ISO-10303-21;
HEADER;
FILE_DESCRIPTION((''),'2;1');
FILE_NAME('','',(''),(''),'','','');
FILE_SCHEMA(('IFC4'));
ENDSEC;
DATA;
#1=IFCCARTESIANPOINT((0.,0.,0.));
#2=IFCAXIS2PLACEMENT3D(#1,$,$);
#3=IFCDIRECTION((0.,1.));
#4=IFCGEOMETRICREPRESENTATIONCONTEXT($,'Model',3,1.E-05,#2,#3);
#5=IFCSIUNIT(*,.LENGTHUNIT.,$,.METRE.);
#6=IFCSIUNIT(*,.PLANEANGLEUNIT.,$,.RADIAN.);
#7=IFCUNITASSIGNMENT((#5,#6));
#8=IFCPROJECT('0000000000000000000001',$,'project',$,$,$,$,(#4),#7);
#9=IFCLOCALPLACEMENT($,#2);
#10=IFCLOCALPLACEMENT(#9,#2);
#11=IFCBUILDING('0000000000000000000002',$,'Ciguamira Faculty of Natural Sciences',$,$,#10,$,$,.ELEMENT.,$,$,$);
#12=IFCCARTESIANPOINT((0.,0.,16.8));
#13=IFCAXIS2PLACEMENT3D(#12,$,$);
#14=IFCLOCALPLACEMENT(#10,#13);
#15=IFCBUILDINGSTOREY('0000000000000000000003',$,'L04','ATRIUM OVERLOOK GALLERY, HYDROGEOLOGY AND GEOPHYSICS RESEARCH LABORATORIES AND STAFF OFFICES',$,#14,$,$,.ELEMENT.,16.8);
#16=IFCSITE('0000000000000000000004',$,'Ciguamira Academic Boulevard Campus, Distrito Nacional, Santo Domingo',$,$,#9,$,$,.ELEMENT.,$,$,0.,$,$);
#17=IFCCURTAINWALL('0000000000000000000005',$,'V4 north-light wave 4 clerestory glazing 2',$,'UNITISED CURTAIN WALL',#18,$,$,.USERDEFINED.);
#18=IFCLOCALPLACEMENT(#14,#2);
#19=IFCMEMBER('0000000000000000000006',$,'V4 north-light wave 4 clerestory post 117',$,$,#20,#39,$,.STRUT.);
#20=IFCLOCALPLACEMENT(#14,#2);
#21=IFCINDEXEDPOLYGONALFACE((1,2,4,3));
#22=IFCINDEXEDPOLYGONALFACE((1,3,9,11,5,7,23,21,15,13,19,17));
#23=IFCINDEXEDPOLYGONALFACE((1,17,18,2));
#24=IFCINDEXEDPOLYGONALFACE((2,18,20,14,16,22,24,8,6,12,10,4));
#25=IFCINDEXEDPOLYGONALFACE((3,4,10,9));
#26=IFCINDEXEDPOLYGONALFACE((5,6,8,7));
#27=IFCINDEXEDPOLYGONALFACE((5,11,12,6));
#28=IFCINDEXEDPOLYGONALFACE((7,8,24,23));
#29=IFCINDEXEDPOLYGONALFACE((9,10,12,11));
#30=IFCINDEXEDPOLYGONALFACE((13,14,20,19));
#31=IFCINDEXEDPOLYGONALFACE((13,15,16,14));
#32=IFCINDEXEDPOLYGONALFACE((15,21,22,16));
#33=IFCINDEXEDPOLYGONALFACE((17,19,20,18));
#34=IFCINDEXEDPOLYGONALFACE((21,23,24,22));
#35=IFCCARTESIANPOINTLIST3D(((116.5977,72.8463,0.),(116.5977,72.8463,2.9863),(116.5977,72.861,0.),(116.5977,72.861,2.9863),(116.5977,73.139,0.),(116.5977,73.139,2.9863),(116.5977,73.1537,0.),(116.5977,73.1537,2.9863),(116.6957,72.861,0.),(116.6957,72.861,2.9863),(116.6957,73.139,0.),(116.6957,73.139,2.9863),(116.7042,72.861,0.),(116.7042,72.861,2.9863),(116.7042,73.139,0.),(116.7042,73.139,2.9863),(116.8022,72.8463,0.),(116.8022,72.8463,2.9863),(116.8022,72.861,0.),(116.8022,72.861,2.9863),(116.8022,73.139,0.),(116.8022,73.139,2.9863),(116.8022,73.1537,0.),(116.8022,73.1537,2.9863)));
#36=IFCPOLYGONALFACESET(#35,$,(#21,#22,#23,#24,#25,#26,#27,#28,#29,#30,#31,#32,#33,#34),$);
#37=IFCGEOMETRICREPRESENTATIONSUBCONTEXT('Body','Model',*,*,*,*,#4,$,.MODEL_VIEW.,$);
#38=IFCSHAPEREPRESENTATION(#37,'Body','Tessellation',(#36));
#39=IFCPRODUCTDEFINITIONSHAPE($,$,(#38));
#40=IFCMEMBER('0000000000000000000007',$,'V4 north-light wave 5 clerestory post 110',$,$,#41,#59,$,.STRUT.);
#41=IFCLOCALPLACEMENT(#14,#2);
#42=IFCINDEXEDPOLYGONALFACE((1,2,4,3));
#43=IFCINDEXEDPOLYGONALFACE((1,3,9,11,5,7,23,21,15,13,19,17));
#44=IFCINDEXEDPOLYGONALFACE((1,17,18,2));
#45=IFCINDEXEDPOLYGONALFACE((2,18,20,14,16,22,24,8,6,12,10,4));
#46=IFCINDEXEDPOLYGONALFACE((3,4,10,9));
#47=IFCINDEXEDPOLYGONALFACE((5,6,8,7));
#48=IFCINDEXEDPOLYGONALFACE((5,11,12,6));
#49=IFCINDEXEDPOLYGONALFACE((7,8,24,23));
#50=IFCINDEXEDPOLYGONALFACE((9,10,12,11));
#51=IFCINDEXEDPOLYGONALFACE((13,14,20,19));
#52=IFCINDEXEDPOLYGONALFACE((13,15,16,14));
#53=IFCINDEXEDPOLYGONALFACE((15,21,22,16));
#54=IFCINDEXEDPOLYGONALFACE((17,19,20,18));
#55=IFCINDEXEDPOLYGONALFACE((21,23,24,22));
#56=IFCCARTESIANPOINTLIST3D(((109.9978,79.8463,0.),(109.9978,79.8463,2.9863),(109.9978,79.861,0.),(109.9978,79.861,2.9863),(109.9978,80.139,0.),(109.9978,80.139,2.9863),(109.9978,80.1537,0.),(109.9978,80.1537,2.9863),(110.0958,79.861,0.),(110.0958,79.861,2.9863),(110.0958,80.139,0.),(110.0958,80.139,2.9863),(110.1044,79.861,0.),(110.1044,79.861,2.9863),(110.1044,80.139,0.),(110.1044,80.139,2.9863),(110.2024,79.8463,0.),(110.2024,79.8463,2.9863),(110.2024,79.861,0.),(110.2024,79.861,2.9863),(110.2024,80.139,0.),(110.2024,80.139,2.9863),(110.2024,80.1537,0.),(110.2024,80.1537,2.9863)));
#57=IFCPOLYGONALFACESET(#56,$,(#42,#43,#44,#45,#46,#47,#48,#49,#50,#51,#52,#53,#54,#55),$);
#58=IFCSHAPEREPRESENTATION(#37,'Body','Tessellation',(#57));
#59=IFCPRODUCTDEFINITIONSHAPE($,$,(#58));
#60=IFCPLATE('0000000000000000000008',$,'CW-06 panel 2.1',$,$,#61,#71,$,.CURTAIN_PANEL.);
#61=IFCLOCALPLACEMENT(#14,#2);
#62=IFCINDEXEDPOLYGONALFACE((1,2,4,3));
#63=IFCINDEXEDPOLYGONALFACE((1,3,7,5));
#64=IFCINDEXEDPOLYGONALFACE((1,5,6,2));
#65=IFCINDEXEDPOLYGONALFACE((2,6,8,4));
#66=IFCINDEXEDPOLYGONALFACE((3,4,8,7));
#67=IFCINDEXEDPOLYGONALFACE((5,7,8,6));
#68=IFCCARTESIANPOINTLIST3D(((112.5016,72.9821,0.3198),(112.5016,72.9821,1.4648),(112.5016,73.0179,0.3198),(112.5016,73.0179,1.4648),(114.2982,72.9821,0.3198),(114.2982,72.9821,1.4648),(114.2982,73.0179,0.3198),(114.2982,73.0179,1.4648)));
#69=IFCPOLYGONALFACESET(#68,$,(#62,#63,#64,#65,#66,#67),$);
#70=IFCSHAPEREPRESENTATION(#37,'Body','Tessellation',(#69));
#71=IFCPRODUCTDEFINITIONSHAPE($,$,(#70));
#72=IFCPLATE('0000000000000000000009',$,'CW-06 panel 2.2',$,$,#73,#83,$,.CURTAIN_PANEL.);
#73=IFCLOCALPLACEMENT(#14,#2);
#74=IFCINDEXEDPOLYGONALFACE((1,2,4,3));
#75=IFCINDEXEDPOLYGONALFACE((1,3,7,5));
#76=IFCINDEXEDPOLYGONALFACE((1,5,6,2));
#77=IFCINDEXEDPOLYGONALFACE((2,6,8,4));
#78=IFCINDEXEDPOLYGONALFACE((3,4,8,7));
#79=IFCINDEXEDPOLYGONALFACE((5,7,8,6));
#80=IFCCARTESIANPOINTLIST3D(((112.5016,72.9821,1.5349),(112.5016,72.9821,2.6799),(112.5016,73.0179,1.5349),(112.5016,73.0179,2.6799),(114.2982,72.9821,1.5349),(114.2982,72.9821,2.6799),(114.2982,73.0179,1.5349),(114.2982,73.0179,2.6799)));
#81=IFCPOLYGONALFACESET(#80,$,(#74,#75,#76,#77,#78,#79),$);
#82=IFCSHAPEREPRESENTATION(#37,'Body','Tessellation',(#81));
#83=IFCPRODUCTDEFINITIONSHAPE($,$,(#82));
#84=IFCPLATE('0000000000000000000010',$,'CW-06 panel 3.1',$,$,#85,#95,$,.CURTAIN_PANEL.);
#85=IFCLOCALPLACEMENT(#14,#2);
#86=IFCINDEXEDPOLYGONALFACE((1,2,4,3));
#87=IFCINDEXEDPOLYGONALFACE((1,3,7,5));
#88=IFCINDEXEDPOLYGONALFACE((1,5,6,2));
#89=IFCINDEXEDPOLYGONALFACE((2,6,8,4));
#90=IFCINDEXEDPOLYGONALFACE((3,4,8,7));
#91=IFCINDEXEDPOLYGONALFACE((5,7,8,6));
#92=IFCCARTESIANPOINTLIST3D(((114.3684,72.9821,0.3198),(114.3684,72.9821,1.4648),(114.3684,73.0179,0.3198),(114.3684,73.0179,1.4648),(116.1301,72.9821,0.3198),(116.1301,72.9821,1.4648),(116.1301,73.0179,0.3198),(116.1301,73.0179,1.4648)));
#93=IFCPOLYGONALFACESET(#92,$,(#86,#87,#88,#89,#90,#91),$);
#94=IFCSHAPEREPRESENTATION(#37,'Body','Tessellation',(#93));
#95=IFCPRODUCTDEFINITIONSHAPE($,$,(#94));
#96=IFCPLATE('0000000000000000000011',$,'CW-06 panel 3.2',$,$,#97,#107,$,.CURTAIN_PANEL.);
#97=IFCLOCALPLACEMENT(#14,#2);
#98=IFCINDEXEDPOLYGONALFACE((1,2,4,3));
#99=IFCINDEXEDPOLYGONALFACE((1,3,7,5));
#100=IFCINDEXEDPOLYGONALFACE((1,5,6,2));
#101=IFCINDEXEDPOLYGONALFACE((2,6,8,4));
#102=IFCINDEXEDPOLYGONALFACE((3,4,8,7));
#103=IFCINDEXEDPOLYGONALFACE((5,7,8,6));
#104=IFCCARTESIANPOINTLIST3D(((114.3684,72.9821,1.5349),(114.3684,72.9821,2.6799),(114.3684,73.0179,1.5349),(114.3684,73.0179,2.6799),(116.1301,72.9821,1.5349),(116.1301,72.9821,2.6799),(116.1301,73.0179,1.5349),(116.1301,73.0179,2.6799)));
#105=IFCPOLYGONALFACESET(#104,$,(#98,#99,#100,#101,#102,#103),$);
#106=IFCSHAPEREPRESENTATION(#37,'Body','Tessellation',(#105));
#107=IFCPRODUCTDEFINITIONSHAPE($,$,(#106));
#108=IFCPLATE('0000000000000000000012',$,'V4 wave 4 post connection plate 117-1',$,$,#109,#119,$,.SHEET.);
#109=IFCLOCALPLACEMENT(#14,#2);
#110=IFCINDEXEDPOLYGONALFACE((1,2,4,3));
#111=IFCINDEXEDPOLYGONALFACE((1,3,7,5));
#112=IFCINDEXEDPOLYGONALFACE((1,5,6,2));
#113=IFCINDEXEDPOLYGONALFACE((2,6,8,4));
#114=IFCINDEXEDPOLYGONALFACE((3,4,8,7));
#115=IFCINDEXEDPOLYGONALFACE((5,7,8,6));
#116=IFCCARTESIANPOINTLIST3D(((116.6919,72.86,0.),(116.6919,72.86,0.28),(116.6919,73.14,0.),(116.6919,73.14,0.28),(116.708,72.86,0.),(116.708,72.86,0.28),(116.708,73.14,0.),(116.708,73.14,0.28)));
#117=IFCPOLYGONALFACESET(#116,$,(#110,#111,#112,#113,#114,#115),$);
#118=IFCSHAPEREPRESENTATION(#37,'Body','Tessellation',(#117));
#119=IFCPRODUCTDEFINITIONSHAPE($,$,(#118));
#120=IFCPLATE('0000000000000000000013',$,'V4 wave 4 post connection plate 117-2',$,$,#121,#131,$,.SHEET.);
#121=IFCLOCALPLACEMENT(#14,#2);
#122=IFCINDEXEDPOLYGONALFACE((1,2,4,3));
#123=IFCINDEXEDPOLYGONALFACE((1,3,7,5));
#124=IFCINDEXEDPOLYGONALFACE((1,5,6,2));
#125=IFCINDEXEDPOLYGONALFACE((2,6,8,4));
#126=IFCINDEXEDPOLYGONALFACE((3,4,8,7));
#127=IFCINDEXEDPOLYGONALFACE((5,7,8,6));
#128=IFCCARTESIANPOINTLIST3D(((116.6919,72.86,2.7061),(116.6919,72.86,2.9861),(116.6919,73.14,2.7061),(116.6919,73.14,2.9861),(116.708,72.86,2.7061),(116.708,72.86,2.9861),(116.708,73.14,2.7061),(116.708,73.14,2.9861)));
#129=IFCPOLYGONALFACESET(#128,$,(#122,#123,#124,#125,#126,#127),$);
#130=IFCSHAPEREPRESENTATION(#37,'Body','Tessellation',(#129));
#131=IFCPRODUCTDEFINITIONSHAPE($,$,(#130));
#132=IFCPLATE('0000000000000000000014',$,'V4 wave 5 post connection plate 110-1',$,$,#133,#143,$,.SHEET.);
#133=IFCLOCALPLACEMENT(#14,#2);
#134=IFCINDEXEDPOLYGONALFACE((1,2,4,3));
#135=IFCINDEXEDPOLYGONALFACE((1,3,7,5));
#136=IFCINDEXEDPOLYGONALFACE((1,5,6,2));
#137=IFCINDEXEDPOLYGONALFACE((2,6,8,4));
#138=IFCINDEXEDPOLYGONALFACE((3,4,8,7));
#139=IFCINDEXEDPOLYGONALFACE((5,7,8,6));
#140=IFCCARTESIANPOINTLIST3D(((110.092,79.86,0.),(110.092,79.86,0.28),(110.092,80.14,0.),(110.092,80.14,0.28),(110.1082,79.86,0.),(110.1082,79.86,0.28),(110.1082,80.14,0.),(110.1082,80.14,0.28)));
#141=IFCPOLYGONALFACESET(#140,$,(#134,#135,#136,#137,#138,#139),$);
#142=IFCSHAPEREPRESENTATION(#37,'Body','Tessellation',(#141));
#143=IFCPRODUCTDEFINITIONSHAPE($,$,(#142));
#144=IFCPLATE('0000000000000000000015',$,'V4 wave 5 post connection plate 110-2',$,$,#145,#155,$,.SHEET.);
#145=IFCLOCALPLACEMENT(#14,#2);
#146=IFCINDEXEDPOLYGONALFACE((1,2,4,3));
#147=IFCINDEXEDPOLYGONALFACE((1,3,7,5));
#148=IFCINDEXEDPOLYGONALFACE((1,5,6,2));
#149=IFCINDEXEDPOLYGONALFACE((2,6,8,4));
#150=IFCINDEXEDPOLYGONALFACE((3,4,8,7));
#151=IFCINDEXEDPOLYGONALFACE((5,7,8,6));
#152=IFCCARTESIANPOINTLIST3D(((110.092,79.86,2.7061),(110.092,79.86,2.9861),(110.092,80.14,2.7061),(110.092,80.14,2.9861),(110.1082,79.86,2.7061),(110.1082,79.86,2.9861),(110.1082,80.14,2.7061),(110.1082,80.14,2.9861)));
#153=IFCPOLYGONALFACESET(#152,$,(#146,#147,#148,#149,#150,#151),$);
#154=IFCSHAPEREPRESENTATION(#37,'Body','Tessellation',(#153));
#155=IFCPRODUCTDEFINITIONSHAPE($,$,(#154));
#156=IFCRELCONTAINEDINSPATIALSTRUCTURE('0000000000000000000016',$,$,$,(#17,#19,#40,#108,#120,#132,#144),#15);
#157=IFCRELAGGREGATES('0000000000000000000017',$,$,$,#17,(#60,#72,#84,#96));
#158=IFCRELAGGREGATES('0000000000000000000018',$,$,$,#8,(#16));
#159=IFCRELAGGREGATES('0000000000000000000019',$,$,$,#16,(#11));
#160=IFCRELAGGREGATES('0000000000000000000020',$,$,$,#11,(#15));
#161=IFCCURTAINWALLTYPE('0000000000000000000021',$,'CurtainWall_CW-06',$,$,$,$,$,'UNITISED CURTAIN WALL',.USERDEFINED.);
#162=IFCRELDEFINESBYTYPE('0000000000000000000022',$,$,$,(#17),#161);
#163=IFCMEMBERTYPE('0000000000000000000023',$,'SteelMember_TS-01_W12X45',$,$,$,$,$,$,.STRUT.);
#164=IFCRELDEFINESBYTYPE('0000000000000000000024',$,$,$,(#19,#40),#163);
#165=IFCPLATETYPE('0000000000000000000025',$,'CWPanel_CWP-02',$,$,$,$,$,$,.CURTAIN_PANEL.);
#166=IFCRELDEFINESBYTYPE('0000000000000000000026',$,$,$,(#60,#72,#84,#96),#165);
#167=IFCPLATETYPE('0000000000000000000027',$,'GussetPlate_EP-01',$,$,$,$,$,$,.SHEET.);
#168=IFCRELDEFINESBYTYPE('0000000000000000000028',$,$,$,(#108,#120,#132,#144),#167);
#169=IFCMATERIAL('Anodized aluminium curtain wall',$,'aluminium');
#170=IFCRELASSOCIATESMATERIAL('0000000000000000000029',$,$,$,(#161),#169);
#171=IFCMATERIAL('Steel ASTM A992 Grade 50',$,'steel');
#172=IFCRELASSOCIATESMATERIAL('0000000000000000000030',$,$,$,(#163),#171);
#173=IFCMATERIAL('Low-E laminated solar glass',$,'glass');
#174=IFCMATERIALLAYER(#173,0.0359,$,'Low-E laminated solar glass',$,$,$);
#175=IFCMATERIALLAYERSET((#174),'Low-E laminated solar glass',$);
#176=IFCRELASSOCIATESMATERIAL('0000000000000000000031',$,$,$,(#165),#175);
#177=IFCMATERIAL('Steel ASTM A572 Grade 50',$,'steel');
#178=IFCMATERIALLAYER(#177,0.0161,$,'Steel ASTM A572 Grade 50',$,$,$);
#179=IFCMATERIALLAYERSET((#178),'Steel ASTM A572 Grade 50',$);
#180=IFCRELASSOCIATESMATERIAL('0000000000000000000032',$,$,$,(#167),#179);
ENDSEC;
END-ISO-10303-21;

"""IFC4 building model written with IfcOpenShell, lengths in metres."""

from ifc_helpers import new_model, si_unit, direction, frame, origin, origin_2d, place, context, subcontext, project, spatial, rectangle, i_section, extrude, material, layer, layer_set, material_profile, profile_set, type_object, element, aggregate, save


model = new_model("IFC4")

# Units and contexts
model_context = context("Model", 3, precision=1e-05, world=origin(), true_north=direction((0.0, 1.0)))
body_context = subcontext(model_context, "Body", "Model", "MODEL_VIEW")
ifc_project = project(units=[si_unit("LENGTHUNIT", "METRE"), si_unit("PLANEANGLEUNIT", "RADIAN")], contexts=[model_context])

# Site, building, storey
site_placement = place(None, origin())
site = spatial("IfcSite", under=ifc_project, at=site_placement, Name="Ciguamira Academic Boulevard Campus, Distrito Nacional, Santo Domingo", CompositionType="ELEMENT", RefElevation=0.0)
building_placement = place(site_placement, origin())
building = spatial("IfcBuilding", under=site, at=building_placement, Name="Ciguamira Faculty of Natural Sciences", CompositionType="ELEMENT")
storey_placement = place(building_placement, frame((0.0, 0.0, 16.8)))
storey = spatial("IfcBuildingStorey", under=building, at=storey_placement, Name="L04", Description="ATRIUM OVERLOOK GALLERY, HYDROGEOLOGY AND GEOPHYSICS RESEARCH LABORATORIES AND STAFF OFFICES", CompositionType="ELEMENT", Elevation=16.8)

# Curtain wall
ifc_material_1 = material(Name="Anodized aluminium curtain wall", Category="aluminium")
curtain_wall_type_1 = type_object("IfcCurtainWallType", Name="CurtainWall_CW-06", ElementType="UNITISED CURTAIN WALL", PredefinedType="USERDEFINED", material=ifc_material_1)
curtain_wall_1_placement = place(storey_placement, origin())
curtain_wall_1 = element("IfcCurtainWall", 1, at=curtain_wall_1_placement, inside=storey, type_object=curtain_wall_type_1, Name="V4 north-light wave 4 clerestory glazing 2", ObjectType="UNITISED CURTAIN WALL", PredefinedType="USERDEFINED")

# Members
ifc_material_2 = material(Name="Steel ASTM A992 Grade 50", Category="steel")
ifc_material_profile_1 = material_profile(ifc_material_2, i_section(OverallWidth=0.2046, OverallDepth=0.3074, WebThickness=0.0085, FlangeThickness=0.0146, at=origin_2d()), Name="W12X45")
ifc_profile_set_1 = profile_set([ifc_material_profile_1], Name="Steel ASTM A992 Grade 50")
member_type_1 = type_object("IfcMemberType", Name="SteelMember_TS-01_W12X45", PredefinedType="STRUT", material=ifc_profile_set_1)
for number, where, z_axis, x_axis, name in (
    (2, (116.7, 73.0, 0.0), (0.0, 0.0, 1.0), (1.0, 0.0, 0.0), "V4 north-light wave 4 clerestory post 117"),
    (3, (110.1001, 80.0, 0.0), (0.0, 0.0, 1.0), (1.0, 0.0, 0.0), "V4 north-light wave 5 clerestory post 110"),
):
    element("IfcMember", number, at=place(storey_placement, frame(where, z_axis=z_axis, x_axis=x_axis)), inside=storey, type_object=member_type_1, Name=name, PredefinedType="STRUT", context=body_context, shape_type="SweptSolid", body=[
        extrude(i_section(OverallWidth=0.2046, OverallDepth=0.3074, WebThickness=0.0085, FlangeThickness=0.0146, at=origin_2d()), origin(), (0.0, 0.0, 1.0), 2.9863),
    ])

# Plates
ifc_material_3 = material(Name="Low-E laminated solar glass", Category="glass")
ifc_layer_1 = layer(ifc_material_3, 0.0359, Name="Low-E laminated solar glass")
ifc_layer_set_1 = layer_set([ifc_layer_1], Name="Low-E laminated solar glass")
plate_type_1 = type_object("IfcPlateType", Name="CWPanel_CWP-02", PredefinedType="CURTAIN_PANEL", material=ifc_layer_set_1)
plate_1_placement = place(storey_placement, frame((113.3999, 73.0, 0.3198), z_axis=(0.0, 0.0, 1.0), x_axis=(1.0, 0.0, 0.0)))
plate_1 = element("IfcPlate", 4, at=plate_1_placement, type_object=plate_type_1, Name="CW-06 panel 2.1", PredefinedType="CURTAIN_PANEL", context=body_context, shape_type="SweptSolid", body=[
    extrude(rectangle(XDim=1.7966, YDim=0.0359, at=origin_2d()), origin(), (0.0, 0.0, 1.0), 1.145),
])
plate_2_placement = place(storey_placement, frame((113.3999, 73.0, 1.5349), z_axis=(0.0, 0.0, 1.0), x_axis=(1.0, 0.0, 0.0)))
plate_2 = element("IfcPlate", 5, at=plate_2_placement, type_object=plate_type_1, Name="CW-06 panel 2.2", PredefinedType="CURTAIN_PANEL", context=body_context, shape_type="SweptSolid", body=[
    extrude(rectangle(XDim=1.7966, YDim=0.0359, at=origin_2d()), origin(), (0.0, 0.0, 1.0), 1.145),
])
plate_3_placement = place(storey_placement, frame((115.2493, 73.0, 0.3198), z_axis=(0.0, 0.0, 1.0), x_axis=(1.0, 0.0, 0.0)))
plate_3 = element("IfcPlate", 6, at=plate_3_placement, type_object=plate_type_1, Name="CW-06 panel 3.1", PredefinedType="CURTAIN_PANEL", context=body_context, shape_type="SweptSolid", body=[
    extrude(rectangle(XDim=1.7617, YDim=0.0359, at=origin_2d()), origin(), (0.0, 0.0, 1.0), 1.145),
])
plate_4_placement = place(storey_placement, frame((115.2493, 73.0, 1.5349), z_axis=(0.0, 0.0, 1.0), x_axis=(1.0, 0.0, 0.0)))
plate_4 = element("IfcPlate", 7, at=plate_4_placement, type_object=plate_type_1, Name="CW-06 panel 3.2", PredefinedType="CURTAIN_PANEL", context=body_context, shape_type="SweptSolid", body=[
    extrude(rectangle(XDim=1.7617, YDim=0.0359, at=origin_2d()), origin(), (0.0, 0.0, 1.0), 1.145),
])
aggregate(curtain_wall_1, [plate_1, plate_2, plate_3, plate_4])

# Plates
ifc_material_4 = material(Name="Steel ASTM A572 Grade 50", Category="steel")
ifc_layer_2 = layer(ifc_material_4, 0.0161, Name="Steel ASTM A572 Grade 50")
ifc_layer_set_2 = layer_set([ifc_layer_2], Name="Steel ASTM A572 Grade 50")
plate_type_2 = type_object("IfcPlateType", Name="GussetPlate_EP-01", PredefinedType="SHEET", material=ifc_layer_set_2)
for number, where, z_axis, x_axis, name in (
    (8, (116.7, 73.0, 0.0), (0.0, 0.0, 1.0), (1.0, 0.0, 0.0), "V4 wave 4 post connection plate 117-1"),
    (9, (116.7, 73.0, 2.7061), (0.0, 0.0, 1.0), (1.0, 0.0, 0.0), "V4 wave 4 post connection plate 117-2"),
    (10, (110.1001, 80.0, 0.0), (0.0, 0.0, 1.0), (1.0, 0.0, 0.0), "V4 wave 5 post connection plate 110-1"),
    (11, (110.1001, 80.0, 2.7061), (0.0, 0.0, 1.0), (1.0, 0.0, 0.0), "V4 wave 5 post connection plate 110-2"),
):
    element("IfcPlate", number, at=place(storey_placement, frame(where, z_axis=z_axis, x_axis=x_axis)), inside=storey, type_object=plate_type_2, Name=name, PredefinedType="SHEET", context=body_context, shape_type="SweptSolid", body=[
        extrude(rectangle(XDim=0.0161, YDim=0.28, at=origin_2d()), origin(), (0.0, 0.0, 1.0), 0.28),
    ])

save(model, "model.ifc")
